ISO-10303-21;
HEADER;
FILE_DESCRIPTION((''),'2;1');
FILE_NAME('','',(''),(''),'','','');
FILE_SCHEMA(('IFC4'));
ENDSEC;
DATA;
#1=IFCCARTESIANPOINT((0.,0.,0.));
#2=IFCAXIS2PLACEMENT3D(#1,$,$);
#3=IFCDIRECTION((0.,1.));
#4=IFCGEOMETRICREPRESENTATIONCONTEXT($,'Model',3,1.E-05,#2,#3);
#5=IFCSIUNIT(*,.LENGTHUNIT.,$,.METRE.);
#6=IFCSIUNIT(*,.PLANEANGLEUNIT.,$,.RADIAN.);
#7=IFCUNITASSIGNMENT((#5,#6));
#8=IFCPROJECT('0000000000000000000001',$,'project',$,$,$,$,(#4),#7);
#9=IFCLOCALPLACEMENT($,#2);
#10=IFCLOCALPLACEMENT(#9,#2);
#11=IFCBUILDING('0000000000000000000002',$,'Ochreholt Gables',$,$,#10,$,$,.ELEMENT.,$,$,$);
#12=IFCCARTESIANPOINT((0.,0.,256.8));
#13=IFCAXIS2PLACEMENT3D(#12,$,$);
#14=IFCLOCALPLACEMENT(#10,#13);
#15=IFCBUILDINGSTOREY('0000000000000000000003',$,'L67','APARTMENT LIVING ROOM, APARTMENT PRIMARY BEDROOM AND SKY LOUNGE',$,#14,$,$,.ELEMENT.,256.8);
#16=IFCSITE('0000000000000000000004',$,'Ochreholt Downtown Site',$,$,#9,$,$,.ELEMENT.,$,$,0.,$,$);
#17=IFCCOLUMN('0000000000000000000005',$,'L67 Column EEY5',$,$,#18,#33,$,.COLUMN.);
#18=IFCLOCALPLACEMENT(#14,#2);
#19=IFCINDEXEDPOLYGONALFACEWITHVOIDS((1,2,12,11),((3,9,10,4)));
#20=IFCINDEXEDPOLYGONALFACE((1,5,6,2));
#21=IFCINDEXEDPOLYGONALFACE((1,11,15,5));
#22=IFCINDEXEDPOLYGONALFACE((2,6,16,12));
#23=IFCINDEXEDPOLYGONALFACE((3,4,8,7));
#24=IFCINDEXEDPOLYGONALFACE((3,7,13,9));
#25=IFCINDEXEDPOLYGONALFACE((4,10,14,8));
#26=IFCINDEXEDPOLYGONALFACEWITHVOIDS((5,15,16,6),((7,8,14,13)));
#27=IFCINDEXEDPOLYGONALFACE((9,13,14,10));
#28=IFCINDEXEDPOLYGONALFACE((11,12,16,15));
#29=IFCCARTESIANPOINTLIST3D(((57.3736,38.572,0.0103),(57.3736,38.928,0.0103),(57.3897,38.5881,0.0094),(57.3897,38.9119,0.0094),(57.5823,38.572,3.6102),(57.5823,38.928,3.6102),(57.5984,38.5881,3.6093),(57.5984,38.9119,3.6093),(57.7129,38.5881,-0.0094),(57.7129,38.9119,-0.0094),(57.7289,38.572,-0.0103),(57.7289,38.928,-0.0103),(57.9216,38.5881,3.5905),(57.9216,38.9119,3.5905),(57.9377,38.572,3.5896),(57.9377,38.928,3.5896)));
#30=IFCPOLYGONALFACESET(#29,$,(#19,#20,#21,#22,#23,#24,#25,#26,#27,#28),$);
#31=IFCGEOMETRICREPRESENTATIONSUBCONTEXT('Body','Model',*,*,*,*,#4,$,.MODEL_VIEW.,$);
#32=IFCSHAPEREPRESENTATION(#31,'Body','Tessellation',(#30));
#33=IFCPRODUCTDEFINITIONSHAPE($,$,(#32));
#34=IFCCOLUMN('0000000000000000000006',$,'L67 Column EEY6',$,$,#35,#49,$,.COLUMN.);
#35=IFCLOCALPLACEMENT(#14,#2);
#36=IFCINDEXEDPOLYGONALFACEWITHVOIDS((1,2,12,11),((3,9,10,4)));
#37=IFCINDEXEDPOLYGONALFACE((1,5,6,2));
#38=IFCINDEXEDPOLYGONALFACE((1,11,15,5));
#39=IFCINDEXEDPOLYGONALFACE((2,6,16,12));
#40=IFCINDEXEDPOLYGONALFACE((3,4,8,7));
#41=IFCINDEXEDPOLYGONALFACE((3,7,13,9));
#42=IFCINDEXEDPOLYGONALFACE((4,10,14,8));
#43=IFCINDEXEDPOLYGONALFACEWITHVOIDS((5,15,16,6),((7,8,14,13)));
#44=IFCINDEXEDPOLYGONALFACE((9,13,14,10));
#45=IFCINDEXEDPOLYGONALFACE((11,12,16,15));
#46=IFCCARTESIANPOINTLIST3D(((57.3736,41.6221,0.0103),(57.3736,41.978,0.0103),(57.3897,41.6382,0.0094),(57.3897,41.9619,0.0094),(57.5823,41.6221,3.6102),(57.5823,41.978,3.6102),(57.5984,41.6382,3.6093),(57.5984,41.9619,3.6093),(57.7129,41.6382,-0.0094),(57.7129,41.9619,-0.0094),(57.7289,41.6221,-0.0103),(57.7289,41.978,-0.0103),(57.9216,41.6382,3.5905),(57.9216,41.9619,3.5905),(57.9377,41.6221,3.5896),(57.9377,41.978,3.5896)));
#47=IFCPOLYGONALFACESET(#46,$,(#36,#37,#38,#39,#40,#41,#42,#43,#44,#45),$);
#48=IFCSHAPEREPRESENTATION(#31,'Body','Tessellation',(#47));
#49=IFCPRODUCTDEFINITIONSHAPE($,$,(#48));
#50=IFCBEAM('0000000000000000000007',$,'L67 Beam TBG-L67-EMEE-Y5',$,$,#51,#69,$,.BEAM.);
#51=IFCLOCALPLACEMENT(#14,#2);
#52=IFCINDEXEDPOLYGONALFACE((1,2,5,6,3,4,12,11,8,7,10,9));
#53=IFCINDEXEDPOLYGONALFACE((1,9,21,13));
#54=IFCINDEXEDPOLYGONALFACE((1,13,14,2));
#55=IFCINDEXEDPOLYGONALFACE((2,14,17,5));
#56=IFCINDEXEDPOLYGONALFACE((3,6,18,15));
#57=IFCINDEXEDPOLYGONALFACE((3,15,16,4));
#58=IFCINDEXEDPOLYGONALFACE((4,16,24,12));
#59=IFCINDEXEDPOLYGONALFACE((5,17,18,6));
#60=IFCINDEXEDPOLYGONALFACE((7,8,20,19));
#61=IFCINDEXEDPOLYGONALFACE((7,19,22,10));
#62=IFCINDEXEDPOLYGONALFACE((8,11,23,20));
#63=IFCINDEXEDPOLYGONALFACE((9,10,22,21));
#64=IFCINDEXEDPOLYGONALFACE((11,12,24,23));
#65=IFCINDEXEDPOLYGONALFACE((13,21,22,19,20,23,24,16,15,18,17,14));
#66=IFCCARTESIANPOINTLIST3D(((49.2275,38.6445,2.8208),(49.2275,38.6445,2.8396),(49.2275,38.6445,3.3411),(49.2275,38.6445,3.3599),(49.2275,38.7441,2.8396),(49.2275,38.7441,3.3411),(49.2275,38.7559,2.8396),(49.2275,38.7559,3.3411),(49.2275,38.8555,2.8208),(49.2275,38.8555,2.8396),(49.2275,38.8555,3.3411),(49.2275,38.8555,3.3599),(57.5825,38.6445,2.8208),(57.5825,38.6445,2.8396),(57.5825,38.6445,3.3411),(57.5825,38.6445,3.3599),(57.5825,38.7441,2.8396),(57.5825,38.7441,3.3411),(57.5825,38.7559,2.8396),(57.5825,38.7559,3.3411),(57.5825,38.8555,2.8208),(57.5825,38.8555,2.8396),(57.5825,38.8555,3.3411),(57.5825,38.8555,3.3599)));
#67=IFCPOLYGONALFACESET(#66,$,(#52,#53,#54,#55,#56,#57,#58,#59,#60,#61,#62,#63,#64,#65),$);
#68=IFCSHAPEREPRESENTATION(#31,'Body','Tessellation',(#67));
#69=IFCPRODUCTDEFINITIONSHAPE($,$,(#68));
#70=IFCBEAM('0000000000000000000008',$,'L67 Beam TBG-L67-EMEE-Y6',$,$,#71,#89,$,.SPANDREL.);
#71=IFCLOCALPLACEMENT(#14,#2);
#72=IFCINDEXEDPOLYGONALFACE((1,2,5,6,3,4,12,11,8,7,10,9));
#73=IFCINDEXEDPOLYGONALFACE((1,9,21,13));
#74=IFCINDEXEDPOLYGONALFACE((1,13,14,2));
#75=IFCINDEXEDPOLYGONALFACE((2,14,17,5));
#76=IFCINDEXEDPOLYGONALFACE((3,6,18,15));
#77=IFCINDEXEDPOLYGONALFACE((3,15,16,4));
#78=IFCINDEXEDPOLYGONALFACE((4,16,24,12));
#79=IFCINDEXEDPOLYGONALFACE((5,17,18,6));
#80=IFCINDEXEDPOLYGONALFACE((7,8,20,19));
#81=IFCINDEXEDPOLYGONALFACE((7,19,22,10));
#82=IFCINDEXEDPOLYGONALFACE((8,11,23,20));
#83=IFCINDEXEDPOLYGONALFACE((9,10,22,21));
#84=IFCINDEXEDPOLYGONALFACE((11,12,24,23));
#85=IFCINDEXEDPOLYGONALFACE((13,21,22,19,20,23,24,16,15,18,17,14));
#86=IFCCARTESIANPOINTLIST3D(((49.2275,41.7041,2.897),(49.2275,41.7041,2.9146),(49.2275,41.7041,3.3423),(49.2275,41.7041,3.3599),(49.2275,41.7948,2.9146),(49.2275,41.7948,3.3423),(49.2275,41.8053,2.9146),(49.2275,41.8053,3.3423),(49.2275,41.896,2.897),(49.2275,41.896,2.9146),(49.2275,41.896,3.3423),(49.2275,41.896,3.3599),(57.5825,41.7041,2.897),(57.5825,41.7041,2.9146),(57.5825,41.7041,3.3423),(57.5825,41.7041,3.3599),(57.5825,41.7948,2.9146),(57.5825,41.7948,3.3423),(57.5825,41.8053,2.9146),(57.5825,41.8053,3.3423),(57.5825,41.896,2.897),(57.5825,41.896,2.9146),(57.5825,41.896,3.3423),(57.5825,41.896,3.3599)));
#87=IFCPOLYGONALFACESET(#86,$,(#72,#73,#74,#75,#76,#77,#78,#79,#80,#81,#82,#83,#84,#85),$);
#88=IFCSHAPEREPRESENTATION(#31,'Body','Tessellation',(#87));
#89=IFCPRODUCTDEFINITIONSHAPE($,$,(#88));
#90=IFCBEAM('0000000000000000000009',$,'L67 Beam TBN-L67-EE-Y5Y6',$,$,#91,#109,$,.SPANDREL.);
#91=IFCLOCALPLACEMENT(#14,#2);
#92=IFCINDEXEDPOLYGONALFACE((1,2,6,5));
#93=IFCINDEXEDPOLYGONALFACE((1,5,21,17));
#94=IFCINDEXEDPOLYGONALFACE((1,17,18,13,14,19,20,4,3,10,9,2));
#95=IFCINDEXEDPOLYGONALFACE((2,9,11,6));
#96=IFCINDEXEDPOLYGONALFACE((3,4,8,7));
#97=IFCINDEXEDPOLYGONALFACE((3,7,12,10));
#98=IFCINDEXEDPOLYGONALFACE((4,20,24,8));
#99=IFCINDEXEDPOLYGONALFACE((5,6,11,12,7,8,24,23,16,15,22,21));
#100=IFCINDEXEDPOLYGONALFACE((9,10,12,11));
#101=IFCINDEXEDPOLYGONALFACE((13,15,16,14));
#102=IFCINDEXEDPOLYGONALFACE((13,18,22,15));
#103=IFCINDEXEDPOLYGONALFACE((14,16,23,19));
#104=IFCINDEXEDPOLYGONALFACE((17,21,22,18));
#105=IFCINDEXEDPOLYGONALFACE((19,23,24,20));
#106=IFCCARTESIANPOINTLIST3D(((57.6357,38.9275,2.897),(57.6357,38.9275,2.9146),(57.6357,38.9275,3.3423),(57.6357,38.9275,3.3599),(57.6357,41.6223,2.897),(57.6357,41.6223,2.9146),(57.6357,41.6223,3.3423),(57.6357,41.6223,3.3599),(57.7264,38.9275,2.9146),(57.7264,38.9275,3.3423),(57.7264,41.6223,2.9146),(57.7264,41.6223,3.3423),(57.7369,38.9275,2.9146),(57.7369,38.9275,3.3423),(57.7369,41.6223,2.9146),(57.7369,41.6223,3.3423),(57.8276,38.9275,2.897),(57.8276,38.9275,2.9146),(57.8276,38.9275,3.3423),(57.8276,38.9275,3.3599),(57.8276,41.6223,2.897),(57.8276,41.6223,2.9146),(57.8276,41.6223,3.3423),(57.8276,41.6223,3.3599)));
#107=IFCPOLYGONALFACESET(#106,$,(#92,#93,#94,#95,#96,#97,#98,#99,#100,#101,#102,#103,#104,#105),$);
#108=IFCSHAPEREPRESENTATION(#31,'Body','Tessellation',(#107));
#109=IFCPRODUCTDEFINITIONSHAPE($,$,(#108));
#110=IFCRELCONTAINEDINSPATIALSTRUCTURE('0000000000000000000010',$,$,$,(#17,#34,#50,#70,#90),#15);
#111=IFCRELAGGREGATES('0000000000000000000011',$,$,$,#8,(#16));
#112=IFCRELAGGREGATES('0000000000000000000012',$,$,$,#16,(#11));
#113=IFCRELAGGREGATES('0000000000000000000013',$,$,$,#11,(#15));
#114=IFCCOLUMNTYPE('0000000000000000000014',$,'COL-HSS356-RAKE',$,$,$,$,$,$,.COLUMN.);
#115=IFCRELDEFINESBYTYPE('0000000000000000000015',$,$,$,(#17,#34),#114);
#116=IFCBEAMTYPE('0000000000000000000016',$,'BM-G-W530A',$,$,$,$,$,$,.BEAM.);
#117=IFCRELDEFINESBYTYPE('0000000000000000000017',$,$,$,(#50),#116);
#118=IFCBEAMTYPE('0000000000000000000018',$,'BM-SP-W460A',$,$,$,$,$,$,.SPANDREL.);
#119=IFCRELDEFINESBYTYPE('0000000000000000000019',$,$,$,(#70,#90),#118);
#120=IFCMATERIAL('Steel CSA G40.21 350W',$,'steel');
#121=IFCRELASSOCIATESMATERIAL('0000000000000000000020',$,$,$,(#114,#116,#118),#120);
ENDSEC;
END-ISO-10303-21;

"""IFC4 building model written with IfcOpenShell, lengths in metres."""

from ifc_helpers import new_model, si_unit, direction, frame, origin, origin_2d, place, context, subcontext, project, spatial, hollow_rectangle, i_section, extrude, material, material_profile, profile_set, type_object, element, save


model = new_model("IFC4")

# Units and contexts
model_context = context("Model", 3, precision=1e-05, world=origin(), true_north=direction((0.0, 1.0)))
body_context = subcontext(model_context, "Body", "Model", "MODEL_VIEW")
ifc_project = project(units=[si_unit("LENGTHUNIT", "METRE"), si_unit("PLANEANGLEUNIT", "RADIAN")], contexts=[model_context])

# Site, building, storey
site_placement = place(None, origin())
site = spatial("IfcSite", under=ifc_project, at=site_placement, Name="Ochreholt Downtown Site", CompositionType="ELEMENT", RefElevation=0.0)
building_placement = place(site_placement, origin())
building = spatial("IfcBuilding", under=site, at=building_placement, Name="Ochreholt Gables", CompositionType="ELEMENT")
storey_placement = place(building_placement, frame((0.0, 0.0, 256.8)))
storey = spatial("IfcBuildingStorey", under=building, at=storey_placement, Name="L67", Description="APARTMENT LIVING ROOM, APARTMENT PRIMARY BEDROOM AND SKY LOUNGE", CompositionType="ELEMENT", Elevation=256.8)

# Columns
ifc_material_1 = material(Name="Steel CSA G40.21 350W", Category="steel")
ifc_material_profile_1 = material_profile(ifc_material_1, hollow_rectangle(XDim=0.356, YDim=0.356, WallThickness=0.0161, at=origin_2d()), Name="HSS356X356X16")
ifc_profile_set_1 = profile_set([ifc_material_profile_1], Name="Steel CSA G40.21 350W")
column_type = type_object("IfcColumnType", Name="COL-HSS356-RAKE", PredefinedType="COLUMN", material=ifc_profile_set_1)
for number, where, z_axis, x_axis, name in (
    (1, (57.5513, 38.75, 0.0), (0.057889, 0.0, 0.998323), (0.0, 1.0, 0.0), "L67 Column EEY5"),
    (2, (57.5513, 41.8, 0.0), (0.057889, 0.0, 0.998323), (0.0, 1.0, 0.0), "L67 Column EEY6"),
):
    element("IfcColumn", number, at=place(storey_placement, frame(where, z_axis=z_axis, x_axis=x_axis)), inside=storey, type_object=column_type, Name=name, PredefinedType="COLUMN", context=body_context, shape_type="SweptSolid", body=[
        extrude(hollow_rectangle(XDim=0.356, YDim=0.356, WallThickness=0.0161, at=origin_2d()), origin(), (0.0, 0.0, 1.0), 3.606),
    ])

# Beams
ifc_material_profile_2 = material_profile(ifc_material_1, i_section(OverallWidth=0.2109, OverallDepth=0.5391, WebThickness=0.0117, FlangeThickness=0.0188, at=origin_2d()), Name="W530X109")
ifc_profile_set_2 = profile_set([ifc_material_profile_2], Name="Steel CSA G40.21 350W")
beam_type_1 = type_object("IfcBeamType", Name="BM-G-W530A", PredefinedType="BEAM", material=ifc_profile_set_2)
beam_1_placement = place(storey_placement, frame((49.2275, 38.75, 3.0903), z_axis=(1.0, 0.0, 0.0), x_axis=(0.0, 1.0, 0.0)))
element("IfcBeam", 3, at=beam_1_placement, inside=storey, type_object=beam_type_1, Name="L67 Beam TBG-L67-EMEE-Y5", PredefinedType="BEAM", context=body_context, shape_type="SweptSolid", body=[
    extrude(i_section(OverallWidth=0.2109, OverallDepth=0.5391, WebThickness=0.0117, FlangeThickness=0.0188, at=origin_2d()), origin(), (0.0, 0.0, 1.0), 8.355),
])
ifc_material_profile_3 = material_profile(ifc_material_1, i_section(OverallWidth=0.1919, OverallDepth=0.4629, WebThickness=0.0105, FlangeThickness=0.0176, at=origin_2d()), Name="W460X89")
ifc_profile_set_3 = profile_set([ifc_material_profile_3], Name="Steel CSA G40.21 350W")
beam_type_2 = type_object("IfcBeamType", Name="BM-SP-W460A", PredefinedType="SPANDREL", material=ifc_profile_set_3)
beam_2_placement = place(storey_placement, frame((49.2275, 41.8, 3.1284), z_axis=(1.0, 0.0, 0.0), x_axis=(0.0, 1.0, 0.0)))
element("IfcBeam", 4, at=beam_2_placement, inside=storey, type_object=beam_type_2, Name="L67 Beam TBG-L67-EMEE-Y6", PredefinedType="SPANDREL", context=body_context, shape_type="SweptSolid", body=[
    extrude(i_section(OverallWidth=0.1919, OverallDepth=0.4629, WebThickness=0.0105, FlangeThickness=0.0176, at=origin_2d()), origin(), (0.0, 0.0, 1.0), 8.355),
])
beam_3_placement = place(storey_placement, frame((57.7317, 38.9275, 3.1284), z_axis=(0.0, 1.0, 0.0), x_axis=(-1.0, 0.0, 0.0)))
element("IfcBeam", 5, at=beam_3_placement, inside=storey, type_object=beam_type_2, Name="L67 Beam TBN-L67-EE-Y5Y6", PredefinedType="SPANDREL", context=body_context, shape_type="SweptSolid", body=[
    extrude(i_section(OverallWidth=0.1919, OverallDepth=0.4629, WebThickness=0.0105, FlangeThickness=0.0176, at=origin_2d()), origin(), (0.0, 0.0, 1.0), 2.6948),
])

save(model, "model.ifc")
